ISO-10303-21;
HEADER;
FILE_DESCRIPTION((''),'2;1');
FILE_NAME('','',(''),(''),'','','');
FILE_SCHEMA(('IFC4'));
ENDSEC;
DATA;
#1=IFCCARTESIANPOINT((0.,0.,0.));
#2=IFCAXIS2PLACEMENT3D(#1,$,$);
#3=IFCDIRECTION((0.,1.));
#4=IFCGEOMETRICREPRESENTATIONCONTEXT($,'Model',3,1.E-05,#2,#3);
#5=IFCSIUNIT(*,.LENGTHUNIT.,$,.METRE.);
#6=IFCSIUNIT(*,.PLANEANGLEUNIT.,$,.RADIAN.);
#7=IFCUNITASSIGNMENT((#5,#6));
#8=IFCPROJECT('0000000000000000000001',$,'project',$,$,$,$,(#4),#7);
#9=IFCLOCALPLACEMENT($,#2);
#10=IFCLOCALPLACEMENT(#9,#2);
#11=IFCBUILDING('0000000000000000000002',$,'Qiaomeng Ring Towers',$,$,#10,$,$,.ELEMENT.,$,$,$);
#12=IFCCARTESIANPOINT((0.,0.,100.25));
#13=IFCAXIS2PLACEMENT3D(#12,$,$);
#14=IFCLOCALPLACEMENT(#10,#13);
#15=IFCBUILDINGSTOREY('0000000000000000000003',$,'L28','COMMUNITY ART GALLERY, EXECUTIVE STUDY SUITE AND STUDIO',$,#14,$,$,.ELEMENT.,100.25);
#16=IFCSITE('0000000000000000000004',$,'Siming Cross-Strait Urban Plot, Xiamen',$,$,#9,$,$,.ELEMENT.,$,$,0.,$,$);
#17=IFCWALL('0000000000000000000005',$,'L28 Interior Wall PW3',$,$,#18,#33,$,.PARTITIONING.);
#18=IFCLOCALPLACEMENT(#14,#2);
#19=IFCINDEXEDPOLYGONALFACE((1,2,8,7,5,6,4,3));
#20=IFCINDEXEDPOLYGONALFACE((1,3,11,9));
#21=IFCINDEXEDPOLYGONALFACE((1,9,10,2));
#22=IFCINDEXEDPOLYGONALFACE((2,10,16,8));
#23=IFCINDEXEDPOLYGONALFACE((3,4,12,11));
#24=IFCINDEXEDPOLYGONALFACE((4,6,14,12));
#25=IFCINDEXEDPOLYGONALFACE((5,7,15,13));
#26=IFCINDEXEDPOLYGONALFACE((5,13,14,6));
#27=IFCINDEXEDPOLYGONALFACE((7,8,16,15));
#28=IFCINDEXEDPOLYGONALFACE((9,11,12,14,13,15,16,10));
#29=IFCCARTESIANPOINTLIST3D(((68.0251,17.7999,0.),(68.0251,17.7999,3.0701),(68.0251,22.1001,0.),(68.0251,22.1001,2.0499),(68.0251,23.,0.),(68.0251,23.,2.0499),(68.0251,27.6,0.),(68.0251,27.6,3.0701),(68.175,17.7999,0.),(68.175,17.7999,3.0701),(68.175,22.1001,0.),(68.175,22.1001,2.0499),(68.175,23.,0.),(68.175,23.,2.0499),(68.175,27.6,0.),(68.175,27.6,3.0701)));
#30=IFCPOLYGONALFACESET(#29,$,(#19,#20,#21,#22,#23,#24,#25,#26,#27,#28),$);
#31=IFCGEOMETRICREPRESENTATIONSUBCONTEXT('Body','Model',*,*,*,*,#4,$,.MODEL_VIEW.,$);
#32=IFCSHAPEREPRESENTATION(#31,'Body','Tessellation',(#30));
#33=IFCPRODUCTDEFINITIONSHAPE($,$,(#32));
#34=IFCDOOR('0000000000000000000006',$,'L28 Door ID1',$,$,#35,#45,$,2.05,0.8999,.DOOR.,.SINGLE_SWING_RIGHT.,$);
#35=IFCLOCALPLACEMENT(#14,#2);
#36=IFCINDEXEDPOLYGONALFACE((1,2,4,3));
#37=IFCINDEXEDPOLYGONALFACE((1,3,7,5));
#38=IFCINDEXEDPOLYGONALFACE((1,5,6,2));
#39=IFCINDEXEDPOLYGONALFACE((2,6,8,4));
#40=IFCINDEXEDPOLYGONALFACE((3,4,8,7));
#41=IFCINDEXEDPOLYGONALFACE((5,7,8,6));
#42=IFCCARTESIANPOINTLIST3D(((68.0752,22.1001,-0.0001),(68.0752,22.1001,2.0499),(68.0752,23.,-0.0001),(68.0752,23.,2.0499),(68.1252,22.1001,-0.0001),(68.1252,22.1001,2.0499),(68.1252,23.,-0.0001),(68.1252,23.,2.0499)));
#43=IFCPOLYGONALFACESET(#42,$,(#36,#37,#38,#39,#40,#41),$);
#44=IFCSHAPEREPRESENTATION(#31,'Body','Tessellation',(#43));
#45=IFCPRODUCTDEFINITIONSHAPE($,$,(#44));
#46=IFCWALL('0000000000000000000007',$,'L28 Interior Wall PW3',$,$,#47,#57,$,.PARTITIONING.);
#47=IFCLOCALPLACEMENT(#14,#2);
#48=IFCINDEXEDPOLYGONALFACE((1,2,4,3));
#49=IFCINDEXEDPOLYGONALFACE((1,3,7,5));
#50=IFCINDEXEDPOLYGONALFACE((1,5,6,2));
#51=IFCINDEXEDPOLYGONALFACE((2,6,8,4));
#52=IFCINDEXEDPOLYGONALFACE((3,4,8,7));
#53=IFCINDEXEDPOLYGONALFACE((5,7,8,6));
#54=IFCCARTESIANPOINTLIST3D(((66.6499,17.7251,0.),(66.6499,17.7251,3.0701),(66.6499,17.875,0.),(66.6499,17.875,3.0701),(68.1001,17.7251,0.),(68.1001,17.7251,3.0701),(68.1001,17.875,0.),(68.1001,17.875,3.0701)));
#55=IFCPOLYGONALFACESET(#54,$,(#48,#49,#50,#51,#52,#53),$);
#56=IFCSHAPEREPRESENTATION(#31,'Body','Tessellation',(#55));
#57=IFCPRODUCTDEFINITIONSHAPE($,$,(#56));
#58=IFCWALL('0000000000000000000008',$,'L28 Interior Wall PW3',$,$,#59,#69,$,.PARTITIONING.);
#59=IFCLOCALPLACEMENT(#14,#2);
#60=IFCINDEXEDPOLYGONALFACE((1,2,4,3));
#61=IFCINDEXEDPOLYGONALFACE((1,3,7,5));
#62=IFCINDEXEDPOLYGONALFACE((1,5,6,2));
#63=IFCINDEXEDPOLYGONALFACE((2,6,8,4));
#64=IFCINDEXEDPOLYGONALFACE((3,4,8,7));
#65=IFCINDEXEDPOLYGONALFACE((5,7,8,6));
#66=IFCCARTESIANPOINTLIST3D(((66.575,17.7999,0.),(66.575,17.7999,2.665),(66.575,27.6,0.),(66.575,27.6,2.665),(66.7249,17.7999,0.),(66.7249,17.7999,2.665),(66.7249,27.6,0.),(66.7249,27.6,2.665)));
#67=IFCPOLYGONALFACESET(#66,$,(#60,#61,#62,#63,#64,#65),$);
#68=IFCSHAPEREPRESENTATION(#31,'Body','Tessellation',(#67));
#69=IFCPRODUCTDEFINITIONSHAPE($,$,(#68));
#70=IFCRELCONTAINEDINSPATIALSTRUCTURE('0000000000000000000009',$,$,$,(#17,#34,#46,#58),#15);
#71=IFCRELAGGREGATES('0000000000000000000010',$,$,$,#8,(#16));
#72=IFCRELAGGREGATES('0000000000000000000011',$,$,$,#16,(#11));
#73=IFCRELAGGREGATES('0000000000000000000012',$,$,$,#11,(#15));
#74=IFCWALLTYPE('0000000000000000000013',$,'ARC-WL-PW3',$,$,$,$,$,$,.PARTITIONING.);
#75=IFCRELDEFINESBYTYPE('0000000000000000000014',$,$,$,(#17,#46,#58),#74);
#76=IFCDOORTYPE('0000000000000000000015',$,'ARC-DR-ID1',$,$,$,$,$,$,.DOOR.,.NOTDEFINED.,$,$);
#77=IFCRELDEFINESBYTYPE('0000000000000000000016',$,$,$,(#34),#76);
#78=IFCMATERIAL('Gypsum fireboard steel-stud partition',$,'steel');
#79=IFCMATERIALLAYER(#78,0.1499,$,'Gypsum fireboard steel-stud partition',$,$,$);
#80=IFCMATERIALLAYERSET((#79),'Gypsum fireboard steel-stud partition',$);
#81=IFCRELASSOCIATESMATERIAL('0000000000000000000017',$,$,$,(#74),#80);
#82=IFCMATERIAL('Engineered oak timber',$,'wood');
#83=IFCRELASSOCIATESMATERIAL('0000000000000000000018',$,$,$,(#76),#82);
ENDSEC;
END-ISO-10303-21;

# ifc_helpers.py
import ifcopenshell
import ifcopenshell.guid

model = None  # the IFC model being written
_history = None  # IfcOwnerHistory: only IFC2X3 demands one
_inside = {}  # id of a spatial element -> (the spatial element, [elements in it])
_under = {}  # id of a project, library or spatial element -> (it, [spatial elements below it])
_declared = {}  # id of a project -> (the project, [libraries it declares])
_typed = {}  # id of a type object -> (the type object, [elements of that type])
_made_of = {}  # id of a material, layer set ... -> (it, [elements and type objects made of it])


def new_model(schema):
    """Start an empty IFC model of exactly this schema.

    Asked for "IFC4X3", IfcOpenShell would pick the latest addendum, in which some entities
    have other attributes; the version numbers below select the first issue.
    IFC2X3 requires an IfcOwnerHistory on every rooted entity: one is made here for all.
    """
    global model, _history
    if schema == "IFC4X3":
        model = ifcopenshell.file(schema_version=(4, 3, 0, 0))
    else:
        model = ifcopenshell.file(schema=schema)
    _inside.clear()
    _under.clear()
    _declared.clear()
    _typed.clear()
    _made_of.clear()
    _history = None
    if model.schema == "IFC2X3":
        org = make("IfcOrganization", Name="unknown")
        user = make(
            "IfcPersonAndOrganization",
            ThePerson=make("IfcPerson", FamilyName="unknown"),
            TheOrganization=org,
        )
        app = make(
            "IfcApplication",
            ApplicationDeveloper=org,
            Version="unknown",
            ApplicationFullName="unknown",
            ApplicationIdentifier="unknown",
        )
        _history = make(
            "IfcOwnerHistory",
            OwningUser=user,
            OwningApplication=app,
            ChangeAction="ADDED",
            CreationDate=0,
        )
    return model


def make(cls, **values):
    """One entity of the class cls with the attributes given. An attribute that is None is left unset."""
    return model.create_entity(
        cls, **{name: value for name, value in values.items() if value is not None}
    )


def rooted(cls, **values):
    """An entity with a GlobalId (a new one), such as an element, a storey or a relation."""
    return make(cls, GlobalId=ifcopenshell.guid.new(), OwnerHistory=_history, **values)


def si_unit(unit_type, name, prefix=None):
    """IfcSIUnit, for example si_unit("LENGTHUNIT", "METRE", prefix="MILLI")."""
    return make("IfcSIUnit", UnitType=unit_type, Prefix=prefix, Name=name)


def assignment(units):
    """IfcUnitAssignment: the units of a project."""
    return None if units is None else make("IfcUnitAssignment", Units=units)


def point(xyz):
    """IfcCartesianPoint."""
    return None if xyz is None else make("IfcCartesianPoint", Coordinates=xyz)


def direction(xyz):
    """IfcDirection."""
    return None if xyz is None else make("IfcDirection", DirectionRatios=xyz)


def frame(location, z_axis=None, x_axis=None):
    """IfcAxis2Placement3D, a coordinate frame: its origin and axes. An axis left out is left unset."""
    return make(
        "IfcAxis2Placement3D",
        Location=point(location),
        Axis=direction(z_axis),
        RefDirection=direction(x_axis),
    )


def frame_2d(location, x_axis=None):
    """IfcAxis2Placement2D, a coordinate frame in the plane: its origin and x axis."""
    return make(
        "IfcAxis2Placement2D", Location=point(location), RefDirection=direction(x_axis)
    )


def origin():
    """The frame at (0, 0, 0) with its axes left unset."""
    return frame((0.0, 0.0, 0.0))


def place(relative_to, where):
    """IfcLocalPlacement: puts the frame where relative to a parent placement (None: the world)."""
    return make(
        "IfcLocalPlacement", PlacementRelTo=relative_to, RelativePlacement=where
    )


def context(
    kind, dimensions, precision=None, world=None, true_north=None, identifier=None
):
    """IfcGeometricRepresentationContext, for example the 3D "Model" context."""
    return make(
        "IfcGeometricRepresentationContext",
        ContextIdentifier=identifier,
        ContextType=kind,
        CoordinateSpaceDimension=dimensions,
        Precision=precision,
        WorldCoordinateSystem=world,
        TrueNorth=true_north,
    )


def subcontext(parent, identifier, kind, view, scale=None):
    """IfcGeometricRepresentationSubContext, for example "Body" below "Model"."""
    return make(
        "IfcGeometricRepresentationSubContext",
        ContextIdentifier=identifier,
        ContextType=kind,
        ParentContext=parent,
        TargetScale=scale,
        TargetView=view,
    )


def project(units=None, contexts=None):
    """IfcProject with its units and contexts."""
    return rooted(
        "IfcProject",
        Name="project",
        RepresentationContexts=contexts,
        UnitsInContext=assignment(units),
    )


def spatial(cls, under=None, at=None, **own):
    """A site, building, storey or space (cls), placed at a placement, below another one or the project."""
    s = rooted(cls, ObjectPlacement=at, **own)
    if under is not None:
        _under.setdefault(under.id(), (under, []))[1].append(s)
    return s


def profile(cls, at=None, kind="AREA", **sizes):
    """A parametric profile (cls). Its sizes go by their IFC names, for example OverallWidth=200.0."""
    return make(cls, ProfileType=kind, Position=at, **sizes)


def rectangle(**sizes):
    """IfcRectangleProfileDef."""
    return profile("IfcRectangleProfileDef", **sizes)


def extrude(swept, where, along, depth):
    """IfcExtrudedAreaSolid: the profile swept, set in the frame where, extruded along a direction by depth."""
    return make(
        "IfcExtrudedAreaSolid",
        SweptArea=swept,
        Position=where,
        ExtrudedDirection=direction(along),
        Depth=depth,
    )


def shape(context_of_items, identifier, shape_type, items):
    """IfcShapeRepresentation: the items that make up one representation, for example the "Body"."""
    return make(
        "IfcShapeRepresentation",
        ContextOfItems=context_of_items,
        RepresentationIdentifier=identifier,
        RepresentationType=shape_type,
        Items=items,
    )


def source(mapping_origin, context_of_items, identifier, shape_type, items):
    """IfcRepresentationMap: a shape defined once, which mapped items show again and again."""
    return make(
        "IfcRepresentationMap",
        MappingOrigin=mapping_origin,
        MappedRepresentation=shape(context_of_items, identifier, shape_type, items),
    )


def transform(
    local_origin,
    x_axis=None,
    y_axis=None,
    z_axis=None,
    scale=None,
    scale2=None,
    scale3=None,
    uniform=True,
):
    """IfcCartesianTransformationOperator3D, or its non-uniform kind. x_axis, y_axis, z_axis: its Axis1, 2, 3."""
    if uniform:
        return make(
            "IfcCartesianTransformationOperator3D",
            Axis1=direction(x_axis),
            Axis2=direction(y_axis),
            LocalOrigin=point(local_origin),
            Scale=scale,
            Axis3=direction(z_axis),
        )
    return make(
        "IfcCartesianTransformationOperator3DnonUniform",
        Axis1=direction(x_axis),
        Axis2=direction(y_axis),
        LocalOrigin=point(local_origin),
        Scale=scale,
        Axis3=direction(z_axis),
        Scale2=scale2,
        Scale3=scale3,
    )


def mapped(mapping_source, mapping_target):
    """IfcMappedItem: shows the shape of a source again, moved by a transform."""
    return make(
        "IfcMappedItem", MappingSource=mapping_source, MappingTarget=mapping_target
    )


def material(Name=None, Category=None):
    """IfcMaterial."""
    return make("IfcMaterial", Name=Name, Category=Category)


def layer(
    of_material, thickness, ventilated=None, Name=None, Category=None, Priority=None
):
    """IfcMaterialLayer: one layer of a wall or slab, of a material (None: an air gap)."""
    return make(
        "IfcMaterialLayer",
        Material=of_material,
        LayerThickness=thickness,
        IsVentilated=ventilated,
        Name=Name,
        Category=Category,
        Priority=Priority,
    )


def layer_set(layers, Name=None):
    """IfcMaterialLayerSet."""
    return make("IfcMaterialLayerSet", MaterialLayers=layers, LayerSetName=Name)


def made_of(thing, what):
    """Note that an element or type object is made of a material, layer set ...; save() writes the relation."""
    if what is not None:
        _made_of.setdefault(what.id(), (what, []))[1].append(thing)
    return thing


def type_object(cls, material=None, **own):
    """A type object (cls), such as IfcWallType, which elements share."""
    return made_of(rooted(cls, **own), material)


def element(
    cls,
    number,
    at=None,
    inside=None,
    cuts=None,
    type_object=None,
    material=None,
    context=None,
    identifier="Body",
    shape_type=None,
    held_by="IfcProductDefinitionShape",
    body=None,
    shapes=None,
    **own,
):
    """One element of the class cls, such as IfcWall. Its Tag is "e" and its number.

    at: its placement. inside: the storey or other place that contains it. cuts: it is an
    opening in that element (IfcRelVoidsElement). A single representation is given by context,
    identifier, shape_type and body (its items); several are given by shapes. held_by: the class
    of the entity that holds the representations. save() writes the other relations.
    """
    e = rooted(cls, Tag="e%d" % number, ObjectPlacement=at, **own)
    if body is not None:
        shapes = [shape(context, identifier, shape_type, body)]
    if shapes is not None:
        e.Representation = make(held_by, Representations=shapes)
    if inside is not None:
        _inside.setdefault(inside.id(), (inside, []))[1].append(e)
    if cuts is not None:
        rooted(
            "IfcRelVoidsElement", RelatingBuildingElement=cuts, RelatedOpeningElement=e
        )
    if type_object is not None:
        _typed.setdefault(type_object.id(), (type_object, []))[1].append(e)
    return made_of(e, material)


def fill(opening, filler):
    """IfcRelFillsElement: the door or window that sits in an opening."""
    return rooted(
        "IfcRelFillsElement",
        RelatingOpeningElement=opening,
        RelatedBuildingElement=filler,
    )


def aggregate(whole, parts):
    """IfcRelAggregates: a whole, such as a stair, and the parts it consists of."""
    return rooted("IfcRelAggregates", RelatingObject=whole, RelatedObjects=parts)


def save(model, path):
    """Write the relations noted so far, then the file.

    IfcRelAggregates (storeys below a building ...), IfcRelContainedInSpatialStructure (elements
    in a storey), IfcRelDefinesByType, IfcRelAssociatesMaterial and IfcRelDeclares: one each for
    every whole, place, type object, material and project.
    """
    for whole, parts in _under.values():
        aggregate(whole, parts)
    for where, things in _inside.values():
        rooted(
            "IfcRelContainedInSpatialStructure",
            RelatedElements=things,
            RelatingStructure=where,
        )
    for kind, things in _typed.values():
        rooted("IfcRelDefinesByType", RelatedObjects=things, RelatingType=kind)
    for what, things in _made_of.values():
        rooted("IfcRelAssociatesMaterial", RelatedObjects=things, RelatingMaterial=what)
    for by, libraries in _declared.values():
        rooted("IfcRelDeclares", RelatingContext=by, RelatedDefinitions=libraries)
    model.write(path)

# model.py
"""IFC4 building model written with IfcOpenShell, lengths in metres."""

from ifc_helpers import new_model, si_unit, direction, frame, frame_2d, origin, place, context, subcontext, project, spatial, rectangle, extrude, source, transform, mapped, material, layer, layer_set, type_object, element, fill, save


model = new_model("IFC4")

# Units and contexts
model_context = context("Model", 3, precision=1e-05, world=origin(), true_north=direction((0.0, 1.0)))
body_context = subcontext(model_context, "Body", "Model", "MODEL_VIEW")
ifc_project = project(units=[si_unit("LENGTHUNIT", "METRE"), si_unit("PLANEANGLEUNIT", "RADIAN")], contexts=[model_context])

# Site, building, storey
site_placement = place(None, origin())
site = spatial("IfcSite", under=ifc_project, at=site_placement, Name="Siming Cross-Strait Urban Plot, Xiamen", CompositionType="ELEMENT", RefElevation=0.0)
building_placement = place(site_placement, origin())
building = spatial("IfcBuilding", under=site, at=building_placement, Name="Qiaomeng Ring Towers", CompositionType="ELEMENT")
storey_placement = place(building_placement, frame((0.0, 0.0, 100.25)))
storey = spatial("IfcBuildingStorey", under=building, at=storey_placement, Name="L28", Description="COMMUNITY ART GALLERY, EXECUTIVE STUDY SUITE AND STUDIO", CompositionType="ELEMENT", Elevation=100.25)

# Shared definitions
ifc_material_1 = material(Name="Gypsum fireboard steel-stud partition", Category="steel")
ifc_layer_1 = layer(ifc_material_1, 0.1499, Name="Gypsum fireboard steel-stud partition")
ifc_layer_set_1 = layer_set([ifc_layer_1], Name="Gypsum fireboard steel-stud partition")
wall_type_1 = type_object("IfcWallType", Name="ARC-WL-PW3", PredefinedType="PARTITIONING", material=ifc_layer_set_1)

# Wall, opening, door
wall_1_placement = place(storey_placement, frame((68.1001, 17.8, 0.0), z_axis=(0.0, 0.0, 1.0), x_axis=(0.0, 1.0, 0.0)))
wall_1 = element("IfcWall", 1, at=wall_1_placement, inside=storey, type_object=wall_type_1, Name="L28 Interior Wall PW3", PredefinedType="PARTITIONING", context=body_context, shape_type="SweptSolid", body=[
    extrude(rectangle(XDim=9.8, YDim=0.1499, at=frame_2d((4.8999, 0.0))), origin(), (0.0, 0.0, 1.0), 3.0701),
])
opening_1_placement = place(wall_1_placement, frame((4.3, 0.0, 0.0)))
opening_1 = element("IfcOpeningElement", 2, at=opening_1_placement, cuts=wall_1, PredefinedType="OPENING", context=body_context, shape_type="SweptSolid", body=[
    extrude(rectangle(XDim=0.8999, YDim=2.05, at=frame_2d((0.45, 1.0249))), frame((0.0, 0.085, 0.0), z_axis=(0.0, -1.0, 0.0), x_axis=(1.0, 0.0, 0.0)), (0.0, 0.0, 1.0), 0.1699),
])
ifc_material_2 = material(Name="Engineered oak timber", Category="wood")
door_type_1 = type_object("IfcDoorType", Name="ARC-DR-ID1", OperationType="NOTDEFINED", PredefinedType="DOOR", material=ifc_material_2)
shared_shape_1 = source(origin(), body_context, "Body", "SweptSolid", [
    extrude(rectangle(XDim=0.8999, YDim=2.05, at=frame_2d((0.45, 1.0249))), frame((0.0, 0.0249, 0.0), z_axis=(0.0, -1.0, 0.0), x_axis=(1.0, 0.0, 0.0)), (0.0, 0.0, 1.0), 0.05),
])
door_1_placement = place(opening_1_placement, origin())
door_1 = element("IfcDoor", 3, at=door_1_placement, inside=storey, type_object=door_type_1, Name="L28 Door ID1", OperationType="SINGLE_SWING_RIGHT", OverallHeight=2.05, OverallWidth=0.8999, PredefinedType="DOOR", context=body_context, shape_type="MappedRepresentation", body=[
    mapped(shared_shape_1, transform((0.0, 0.0, 0.0), x_axis=(1.0, 0.0, 0.0), y_axis=(0.0, 1.0, 0.0), z_axis=(0.0, 0.0, 1.0), scale=1.0)),
])
fill(opening_1, door_1)

# Walls
wall_2_placement = place(storey_placement, frame((66.6499, 17.8, 0.0), z_axis=(0.0, 0.0, 1.0), x_axis=(1.0, 0.0, 0.0)))
element("IfcWall", 4, at=wall_2_placement, inside=storey, type_object=wall_type_1, Name="L28 Interior Wall PW3", PredefinedType="PARTITIONING", context=body_context, shape_type="SweptSolid", body=[
    extrude(rectangle(XDim=1.4502, YDim=0.1499, at=frame_2d((0.7251, 0.0))), origin(), (0.0, 0.0, 1.0), 3.0701),
])
wall_3_placement = place(storey_placement, frame((66.6499, 17.8, 0.0), z_axis=(0.0, 0.0, 1.0), x_axis=(0.0, 1.0, 0.0)))
element("IfcWall", 5, at=wall_3_placement, inside=storey, type_object=wall_type_1, Name="L28 Interior Wall PW3", PredefinedType="PARTITIONING", context=body_context, shape_type="SweptSolid", body=[
    extrude(rectangle(XDim=9.8, YDim=0.1499, at=frame_2d((4.8999, 0.0))), origin(), (0.0, 0.0, 1.0), 2.665),
])

save(model, "model.ifc")
